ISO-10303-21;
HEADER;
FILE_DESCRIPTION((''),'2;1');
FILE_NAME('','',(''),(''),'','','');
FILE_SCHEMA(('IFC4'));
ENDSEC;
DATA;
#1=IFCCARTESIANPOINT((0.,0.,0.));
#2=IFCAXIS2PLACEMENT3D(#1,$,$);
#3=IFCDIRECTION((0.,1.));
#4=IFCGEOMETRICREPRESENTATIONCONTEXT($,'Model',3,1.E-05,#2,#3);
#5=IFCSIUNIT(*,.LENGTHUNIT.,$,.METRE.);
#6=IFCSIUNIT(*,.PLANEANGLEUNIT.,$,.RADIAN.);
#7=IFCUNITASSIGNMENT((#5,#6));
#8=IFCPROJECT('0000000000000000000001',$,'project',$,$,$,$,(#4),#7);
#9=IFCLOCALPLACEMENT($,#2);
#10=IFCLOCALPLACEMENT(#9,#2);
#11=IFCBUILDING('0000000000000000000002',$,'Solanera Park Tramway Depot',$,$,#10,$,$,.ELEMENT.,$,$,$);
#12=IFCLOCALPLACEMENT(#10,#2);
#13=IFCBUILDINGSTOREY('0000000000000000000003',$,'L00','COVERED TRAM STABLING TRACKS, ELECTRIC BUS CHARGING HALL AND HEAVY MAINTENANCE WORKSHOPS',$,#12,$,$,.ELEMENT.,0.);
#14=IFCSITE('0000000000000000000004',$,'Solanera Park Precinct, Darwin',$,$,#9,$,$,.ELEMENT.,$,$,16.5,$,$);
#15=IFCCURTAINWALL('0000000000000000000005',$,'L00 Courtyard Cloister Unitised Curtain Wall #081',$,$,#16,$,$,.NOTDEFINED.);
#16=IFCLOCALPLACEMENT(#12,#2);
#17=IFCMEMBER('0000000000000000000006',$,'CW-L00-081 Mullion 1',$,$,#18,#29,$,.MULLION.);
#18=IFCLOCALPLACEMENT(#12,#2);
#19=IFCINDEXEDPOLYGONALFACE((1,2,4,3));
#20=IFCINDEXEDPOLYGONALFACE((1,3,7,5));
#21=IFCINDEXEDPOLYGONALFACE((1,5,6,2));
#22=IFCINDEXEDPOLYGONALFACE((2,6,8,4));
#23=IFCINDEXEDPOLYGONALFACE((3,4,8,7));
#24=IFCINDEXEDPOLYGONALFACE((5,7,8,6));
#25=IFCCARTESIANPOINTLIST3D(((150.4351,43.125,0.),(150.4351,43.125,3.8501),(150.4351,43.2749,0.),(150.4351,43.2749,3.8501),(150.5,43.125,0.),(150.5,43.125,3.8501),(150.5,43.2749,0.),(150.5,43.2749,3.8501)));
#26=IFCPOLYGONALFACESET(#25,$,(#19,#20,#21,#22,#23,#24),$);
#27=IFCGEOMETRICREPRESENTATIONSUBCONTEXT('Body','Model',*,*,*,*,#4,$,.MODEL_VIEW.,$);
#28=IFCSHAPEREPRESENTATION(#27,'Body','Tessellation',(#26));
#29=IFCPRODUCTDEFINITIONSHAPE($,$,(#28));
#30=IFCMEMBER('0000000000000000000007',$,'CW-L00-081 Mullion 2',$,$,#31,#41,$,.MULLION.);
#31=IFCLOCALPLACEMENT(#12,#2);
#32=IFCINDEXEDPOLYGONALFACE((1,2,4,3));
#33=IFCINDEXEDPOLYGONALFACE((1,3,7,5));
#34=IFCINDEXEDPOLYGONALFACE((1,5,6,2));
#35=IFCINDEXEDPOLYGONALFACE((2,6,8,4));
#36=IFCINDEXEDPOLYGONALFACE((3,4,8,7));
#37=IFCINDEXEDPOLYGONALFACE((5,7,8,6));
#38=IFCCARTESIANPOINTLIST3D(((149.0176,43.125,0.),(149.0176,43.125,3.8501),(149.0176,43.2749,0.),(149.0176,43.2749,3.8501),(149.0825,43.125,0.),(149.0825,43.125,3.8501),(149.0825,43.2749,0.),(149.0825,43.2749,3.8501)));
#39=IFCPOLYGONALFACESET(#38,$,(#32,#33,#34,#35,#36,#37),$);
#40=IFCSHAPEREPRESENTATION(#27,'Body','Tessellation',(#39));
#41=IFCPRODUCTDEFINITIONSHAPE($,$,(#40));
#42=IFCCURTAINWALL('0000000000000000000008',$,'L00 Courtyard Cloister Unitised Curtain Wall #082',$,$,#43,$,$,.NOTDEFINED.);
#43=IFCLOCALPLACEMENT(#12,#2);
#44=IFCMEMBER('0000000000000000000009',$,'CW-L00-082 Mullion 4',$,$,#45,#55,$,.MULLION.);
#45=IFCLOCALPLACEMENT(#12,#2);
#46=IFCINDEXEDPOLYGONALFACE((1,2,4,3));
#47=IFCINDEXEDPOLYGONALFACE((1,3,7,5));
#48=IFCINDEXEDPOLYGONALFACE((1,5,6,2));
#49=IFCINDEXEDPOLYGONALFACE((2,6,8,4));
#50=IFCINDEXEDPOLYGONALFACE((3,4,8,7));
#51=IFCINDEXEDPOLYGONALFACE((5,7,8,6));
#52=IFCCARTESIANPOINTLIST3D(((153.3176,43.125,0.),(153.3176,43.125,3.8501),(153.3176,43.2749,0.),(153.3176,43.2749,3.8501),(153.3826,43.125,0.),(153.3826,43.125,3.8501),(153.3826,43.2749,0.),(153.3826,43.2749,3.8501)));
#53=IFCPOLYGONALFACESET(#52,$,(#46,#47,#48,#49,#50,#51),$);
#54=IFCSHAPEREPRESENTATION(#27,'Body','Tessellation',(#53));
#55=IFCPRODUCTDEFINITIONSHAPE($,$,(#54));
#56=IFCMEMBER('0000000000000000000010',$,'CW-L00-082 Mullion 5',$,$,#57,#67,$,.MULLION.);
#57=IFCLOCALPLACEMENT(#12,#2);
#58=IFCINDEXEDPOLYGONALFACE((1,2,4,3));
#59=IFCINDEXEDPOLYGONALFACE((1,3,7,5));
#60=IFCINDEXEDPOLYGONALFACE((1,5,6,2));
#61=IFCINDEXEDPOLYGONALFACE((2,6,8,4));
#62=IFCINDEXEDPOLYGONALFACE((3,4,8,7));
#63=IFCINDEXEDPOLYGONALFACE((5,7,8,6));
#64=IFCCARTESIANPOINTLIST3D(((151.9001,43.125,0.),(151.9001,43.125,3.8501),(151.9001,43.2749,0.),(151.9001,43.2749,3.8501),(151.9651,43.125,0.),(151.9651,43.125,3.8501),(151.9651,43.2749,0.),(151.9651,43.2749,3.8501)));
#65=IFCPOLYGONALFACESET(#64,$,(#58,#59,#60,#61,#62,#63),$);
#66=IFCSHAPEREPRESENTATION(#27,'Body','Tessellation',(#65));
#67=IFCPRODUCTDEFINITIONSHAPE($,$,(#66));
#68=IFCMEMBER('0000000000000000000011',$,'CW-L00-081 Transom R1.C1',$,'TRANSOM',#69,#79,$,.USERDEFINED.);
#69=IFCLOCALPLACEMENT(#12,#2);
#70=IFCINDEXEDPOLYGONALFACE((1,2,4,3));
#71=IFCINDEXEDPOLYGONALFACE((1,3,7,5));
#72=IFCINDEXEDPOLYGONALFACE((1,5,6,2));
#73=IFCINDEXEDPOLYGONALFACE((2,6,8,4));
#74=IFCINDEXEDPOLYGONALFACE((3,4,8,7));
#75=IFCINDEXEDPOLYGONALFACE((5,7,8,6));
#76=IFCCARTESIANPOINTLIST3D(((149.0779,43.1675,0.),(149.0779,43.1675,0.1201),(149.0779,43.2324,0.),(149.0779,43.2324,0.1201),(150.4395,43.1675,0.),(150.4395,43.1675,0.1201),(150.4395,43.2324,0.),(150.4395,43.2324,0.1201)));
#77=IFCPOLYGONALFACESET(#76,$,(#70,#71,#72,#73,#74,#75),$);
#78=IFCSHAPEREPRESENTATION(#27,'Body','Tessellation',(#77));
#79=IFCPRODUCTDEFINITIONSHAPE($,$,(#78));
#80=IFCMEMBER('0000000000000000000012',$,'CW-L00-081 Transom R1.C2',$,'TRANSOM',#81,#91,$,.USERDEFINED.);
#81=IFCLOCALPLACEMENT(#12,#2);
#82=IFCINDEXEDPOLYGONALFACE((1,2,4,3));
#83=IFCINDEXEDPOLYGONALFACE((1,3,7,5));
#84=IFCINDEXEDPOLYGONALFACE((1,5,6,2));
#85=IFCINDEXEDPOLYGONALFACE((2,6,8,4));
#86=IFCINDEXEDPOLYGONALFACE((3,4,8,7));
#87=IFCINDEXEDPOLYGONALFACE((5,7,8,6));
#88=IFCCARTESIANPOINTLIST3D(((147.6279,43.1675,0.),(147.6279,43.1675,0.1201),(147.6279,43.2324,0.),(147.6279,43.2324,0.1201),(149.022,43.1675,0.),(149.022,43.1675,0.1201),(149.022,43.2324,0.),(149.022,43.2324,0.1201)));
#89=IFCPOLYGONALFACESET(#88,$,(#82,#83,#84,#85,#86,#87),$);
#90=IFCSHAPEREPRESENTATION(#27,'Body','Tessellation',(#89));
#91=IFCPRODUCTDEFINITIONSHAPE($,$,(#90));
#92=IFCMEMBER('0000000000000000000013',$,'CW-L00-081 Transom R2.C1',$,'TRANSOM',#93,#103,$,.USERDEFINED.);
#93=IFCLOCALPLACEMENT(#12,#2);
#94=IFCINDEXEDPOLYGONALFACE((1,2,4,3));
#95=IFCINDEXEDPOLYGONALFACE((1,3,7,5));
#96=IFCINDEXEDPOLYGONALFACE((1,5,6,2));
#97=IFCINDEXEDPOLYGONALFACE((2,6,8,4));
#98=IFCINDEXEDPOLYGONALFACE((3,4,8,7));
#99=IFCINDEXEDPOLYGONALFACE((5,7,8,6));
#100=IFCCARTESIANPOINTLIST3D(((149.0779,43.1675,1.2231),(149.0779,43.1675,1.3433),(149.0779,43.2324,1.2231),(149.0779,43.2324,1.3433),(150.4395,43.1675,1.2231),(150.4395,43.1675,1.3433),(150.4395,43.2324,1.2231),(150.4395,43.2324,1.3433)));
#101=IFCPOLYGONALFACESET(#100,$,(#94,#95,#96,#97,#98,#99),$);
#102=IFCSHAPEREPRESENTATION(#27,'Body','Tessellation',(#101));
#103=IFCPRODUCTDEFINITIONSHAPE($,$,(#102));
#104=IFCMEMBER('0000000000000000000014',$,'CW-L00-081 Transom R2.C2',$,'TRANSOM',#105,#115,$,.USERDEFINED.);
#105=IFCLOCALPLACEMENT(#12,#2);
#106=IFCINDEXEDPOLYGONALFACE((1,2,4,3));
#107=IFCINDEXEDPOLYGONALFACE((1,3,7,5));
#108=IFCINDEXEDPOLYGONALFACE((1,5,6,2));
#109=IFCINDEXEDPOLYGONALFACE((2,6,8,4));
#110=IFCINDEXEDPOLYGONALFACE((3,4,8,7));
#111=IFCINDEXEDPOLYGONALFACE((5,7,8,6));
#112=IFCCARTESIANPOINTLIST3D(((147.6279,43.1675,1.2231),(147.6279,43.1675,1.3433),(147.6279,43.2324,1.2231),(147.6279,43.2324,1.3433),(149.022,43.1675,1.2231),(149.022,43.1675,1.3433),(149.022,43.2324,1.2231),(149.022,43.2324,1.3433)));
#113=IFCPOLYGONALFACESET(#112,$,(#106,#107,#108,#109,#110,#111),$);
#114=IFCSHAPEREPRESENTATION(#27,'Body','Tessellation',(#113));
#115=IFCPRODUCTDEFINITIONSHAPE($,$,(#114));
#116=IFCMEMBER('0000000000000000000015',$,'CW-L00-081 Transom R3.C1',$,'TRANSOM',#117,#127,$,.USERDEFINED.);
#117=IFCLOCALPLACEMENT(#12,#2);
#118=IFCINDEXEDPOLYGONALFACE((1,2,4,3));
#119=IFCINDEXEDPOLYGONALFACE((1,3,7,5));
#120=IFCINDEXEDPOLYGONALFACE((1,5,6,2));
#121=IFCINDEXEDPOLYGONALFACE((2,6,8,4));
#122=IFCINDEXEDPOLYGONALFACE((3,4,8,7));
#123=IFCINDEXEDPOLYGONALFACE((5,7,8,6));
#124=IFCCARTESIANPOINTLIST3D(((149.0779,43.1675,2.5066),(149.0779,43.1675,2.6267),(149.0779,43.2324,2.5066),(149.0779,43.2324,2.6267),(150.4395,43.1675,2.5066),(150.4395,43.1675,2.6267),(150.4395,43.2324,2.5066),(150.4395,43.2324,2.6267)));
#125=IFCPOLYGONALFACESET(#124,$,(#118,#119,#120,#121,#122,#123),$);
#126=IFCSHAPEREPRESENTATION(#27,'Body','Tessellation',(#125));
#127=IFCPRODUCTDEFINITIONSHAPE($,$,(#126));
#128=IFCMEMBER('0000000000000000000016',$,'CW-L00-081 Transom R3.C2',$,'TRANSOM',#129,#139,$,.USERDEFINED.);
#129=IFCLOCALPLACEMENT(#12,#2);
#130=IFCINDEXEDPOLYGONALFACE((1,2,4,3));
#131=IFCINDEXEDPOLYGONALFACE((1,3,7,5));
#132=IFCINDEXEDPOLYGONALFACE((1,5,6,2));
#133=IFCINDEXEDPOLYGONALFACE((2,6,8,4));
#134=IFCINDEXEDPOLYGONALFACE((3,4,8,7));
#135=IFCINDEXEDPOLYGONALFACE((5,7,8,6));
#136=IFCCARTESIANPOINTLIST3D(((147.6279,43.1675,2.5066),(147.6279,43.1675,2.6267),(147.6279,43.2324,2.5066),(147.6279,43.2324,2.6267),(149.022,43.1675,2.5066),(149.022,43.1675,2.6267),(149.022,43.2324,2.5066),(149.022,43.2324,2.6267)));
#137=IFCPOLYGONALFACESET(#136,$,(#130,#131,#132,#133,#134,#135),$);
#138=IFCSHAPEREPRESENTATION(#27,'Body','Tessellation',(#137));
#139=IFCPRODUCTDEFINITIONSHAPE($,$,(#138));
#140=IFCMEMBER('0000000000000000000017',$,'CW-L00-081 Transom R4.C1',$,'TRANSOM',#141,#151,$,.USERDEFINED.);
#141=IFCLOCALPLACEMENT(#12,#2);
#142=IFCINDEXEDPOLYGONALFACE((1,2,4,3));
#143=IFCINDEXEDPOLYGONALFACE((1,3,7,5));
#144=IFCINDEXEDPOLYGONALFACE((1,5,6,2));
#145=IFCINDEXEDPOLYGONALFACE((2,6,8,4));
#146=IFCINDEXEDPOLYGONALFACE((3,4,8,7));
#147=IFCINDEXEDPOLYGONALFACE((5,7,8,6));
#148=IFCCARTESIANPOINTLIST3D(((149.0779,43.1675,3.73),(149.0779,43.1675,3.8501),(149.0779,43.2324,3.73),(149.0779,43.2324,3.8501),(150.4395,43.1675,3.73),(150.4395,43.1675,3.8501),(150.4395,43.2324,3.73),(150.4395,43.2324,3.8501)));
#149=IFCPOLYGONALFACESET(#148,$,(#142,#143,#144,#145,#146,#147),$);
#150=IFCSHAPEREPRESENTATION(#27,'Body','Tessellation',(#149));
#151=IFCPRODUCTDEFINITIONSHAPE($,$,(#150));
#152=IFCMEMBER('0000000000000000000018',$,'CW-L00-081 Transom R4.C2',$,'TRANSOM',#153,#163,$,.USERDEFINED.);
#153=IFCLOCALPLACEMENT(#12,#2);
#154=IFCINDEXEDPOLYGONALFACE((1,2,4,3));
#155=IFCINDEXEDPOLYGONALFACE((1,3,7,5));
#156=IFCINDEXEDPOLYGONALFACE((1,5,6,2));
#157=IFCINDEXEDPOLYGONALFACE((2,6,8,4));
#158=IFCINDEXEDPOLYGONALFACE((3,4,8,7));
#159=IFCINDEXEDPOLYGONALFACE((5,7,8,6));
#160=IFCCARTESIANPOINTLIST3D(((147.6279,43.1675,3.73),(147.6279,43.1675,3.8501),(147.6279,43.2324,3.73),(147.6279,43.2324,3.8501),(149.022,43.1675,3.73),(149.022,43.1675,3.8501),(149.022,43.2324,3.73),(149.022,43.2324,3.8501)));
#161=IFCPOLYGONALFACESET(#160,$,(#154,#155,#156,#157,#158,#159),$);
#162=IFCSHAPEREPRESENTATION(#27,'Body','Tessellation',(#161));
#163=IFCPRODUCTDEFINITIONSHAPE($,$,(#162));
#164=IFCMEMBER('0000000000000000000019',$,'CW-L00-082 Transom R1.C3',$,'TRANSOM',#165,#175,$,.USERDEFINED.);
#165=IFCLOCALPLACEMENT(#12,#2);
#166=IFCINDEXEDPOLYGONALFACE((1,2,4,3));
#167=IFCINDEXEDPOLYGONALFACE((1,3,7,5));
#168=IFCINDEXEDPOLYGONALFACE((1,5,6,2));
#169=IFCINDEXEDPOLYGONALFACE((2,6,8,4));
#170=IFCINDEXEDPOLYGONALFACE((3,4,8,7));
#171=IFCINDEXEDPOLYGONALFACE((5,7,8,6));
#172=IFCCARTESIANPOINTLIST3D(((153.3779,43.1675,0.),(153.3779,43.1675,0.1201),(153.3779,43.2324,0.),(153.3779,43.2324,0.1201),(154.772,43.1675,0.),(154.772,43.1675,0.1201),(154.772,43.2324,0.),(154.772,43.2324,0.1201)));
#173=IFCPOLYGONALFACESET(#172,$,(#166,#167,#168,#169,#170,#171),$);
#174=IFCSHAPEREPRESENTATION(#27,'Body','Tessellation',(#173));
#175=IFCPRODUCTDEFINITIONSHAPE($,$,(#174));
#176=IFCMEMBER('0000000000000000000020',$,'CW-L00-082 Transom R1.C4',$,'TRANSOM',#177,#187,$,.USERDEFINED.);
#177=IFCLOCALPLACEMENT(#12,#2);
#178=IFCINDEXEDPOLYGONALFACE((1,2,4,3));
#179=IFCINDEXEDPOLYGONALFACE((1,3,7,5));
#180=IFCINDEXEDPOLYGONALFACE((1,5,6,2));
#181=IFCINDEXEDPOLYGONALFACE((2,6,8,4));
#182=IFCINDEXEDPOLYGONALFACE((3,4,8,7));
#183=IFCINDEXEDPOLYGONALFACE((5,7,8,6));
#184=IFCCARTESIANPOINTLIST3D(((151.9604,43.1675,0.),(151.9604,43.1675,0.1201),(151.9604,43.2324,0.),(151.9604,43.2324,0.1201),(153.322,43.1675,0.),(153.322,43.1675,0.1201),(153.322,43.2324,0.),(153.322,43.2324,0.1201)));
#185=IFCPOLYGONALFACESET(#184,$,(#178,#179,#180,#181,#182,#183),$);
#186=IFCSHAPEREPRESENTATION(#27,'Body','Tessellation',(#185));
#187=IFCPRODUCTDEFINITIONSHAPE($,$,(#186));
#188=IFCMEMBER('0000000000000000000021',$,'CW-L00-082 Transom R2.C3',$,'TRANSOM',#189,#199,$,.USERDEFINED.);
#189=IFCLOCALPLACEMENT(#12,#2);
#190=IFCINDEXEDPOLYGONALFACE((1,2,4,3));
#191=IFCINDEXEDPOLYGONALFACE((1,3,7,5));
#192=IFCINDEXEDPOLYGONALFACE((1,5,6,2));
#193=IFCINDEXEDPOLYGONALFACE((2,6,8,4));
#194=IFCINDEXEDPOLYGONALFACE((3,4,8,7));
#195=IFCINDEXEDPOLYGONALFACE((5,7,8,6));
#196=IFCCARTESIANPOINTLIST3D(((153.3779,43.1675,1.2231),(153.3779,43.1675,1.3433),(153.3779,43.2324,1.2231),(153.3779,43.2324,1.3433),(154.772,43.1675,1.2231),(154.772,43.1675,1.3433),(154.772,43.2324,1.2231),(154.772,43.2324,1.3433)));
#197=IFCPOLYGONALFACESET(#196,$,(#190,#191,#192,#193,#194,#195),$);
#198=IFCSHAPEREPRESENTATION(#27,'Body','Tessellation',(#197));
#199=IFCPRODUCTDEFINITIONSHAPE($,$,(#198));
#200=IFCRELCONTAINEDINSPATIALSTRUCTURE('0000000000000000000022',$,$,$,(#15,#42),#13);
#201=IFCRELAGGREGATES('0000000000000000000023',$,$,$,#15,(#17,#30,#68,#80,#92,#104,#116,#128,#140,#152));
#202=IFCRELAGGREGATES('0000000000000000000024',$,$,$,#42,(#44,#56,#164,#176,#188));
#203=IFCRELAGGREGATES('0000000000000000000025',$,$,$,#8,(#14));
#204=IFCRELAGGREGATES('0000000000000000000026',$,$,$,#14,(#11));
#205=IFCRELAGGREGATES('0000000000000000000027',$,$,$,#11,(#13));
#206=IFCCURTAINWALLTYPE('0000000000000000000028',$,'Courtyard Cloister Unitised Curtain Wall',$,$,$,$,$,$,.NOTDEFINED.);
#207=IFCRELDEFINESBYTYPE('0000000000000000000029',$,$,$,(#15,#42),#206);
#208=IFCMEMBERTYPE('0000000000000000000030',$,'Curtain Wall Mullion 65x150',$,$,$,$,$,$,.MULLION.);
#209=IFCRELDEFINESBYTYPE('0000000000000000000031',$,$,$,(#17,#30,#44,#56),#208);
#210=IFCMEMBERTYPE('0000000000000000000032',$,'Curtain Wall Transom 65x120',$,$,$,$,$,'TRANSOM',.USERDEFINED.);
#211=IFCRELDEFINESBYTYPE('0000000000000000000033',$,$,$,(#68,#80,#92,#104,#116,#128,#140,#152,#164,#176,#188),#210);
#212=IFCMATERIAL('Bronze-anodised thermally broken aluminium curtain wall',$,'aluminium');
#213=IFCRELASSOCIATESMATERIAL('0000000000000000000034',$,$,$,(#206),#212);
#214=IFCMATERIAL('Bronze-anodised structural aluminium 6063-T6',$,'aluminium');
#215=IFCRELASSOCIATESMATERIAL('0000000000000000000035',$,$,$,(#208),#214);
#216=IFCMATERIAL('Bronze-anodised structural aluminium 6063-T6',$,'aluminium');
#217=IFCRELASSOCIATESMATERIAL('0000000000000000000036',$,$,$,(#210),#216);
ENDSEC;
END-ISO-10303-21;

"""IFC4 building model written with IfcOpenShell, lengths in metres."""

from ifc_helpers import new_model, si_unit, direction, frame, origin, origin_2d, place, context, subcontext, project, spatial, rectangle, extrude, material, material_profile, profile_set, type_object, element, aggregate, save


model = new_model("IFC4")

# Units and contexts
model_context = context("Model", 3, precision=1e-05, world=origin(), true_north=direction((0.0, 1.0)))
body_context = subcontext(model_context, "Body", "Model", "MODEL_VIEW")
ifc_project = project(units=[si_unit("LENGTHUNIT", "METRE"), si_unit("PLANEANGLEUNIT", "RADIAN")], contexts=[model_context])

# Site, building, storey
site_placement = place(None, origin())
site = spatial("IfcSite", under=ifc_project, at=site_placement, Name="Solanera Park Precinct, Darwin", CompositionType="ELEMENT", RefElevation=16.5)
building_placement = place(site_placement, origin())
building = spatial("IfcBuilding", under=site, at=building_placement, Name="Solanera Park Tramway Depot", CompositionType="ELEMENT")
storey_placement = place(building_placement, origin())
storey = spatial("IfcBuildingStorey", under=building, at=storey_placement, Name="L00", Description="COVERED TRAM STABLING TRACKS, ELECTRIC BUS CHARGING HALL AND HEAVY MAINTENANCE WORKSHOPS", CompositionType="ELEMENT", Elevation=0.0)

# Curtain walls, members
ifc_material_1 = material(Name="Bronze-anodised thermally broken aluminium curtain wall", Category="aluminium")
curtain_wall_type = type_object("IfcCurtainWallType", Name="Courtyard Cloister Unitised Curtain Wall", PredefinedType="NOTDEFINED", material=ifc_material_1)
curtain_wall_1_placement = place(storey_placement, origin())
curtain_wall_1 = element("IfcCurtainWall", 1, at=curtain_wall_1_placement, inside=storey, type_object=curtain_wall_type, Name="L00 Courtyard Cloister Unitised Curtain Wall #081", PredefinedType="NOTDEFINED")
ifc_material_2 = material(Name="Bronze-anodised structural aluminium 6063-T6", Category="aluminium")
ifc_material_profile_1 = material_profile(ifc_material_2, rectangle(XDim=0.0649, YDim=0.1499, at=origin_2d()), Name="Curtain Wall Mullion 65x150")
ifc_profile_set_1 = profile_set([ifc_material_profile_1], Name="Bronze-anodised structural aluminium 6063-T6")
member_type_1 = type_object("IfcMemberType", Name="Curtain Wall Mullion 65x150", PredefinedType="MULLION", material=ifc_profile_set_1)
member_1_placement = place(storey_placement, frame((150.4675, 43.2, 0.0), z_axis=(0.0, 0.0, 1.0), x_axis=(1.0, 0.0, 0.0)))
member_1 = element("IfcMember", 2, at=member_1_placement, type_object=member_type_1, Name="CW-L00-081 Mullion 1", PredefinedType="MULLION", context=body_context, shape_type="SweptSolid", body=[
    extrude(rectangle(XDim=0.0649, YDim=0.1499, at=origin_2d()), origin(), (0.0, 0.0, 1.0), 3.8501),
])
member_2_placement = place(storey_placement, frame((149.05, 43.2, 0.0), z_axis=(0.0, 0.0, 1.0), x_axis=(1.0, 0.0, 0.0)))
member_2 = element("IfcMember", 3, at=member_2_placement, type_object=member_type_1, Name="CW-L00-081 Mullion 2", PredefinedType="MULLION", context=body_context, shape_type="SweptSolid", body=[
    extrude(rectangle(XDim=0.0649, YDim=0.1499, at=origin_2d()), origin(), (0.0, 0.0, 1.0), 3.8501),
])
curtain_wall_2_placement = place(storey_placement, origin())
curtain_wall_2 = element("IfcCurtainWall", 4, at=curtain_wall_2_placement, inside=storey, type_object=curtain_wall_type, Name="L00 Courtyard Cloister Unitised Curtain Wall #082", PredefinedType="NOTDEFINED")
member_3_placement = place(storey_placement, frame((153.3501, 43.2, 0.0), z_axis=(0.0, 0.0, 1.0), x_axis=(1.0, 0.0, 0.0)))
member_3 = element("IfcMember", 5, at=member_3_placement, type_object=member_type_1, Name="CW-L00-082 Mullion 4", PredefinedType="MULLION", context=body_context, shape_type="SweptSolid", body=[
    extrude(rectangle(XDim=0.0649, YDim=0.1499, at=origin_2d()), origin(), (0.0, 0.0, 1.0), 3.8501),
])
member_4_placement = place(storey_placement, frame((151.9326, 43.2, 0.0), z_axis=(0.0, 0.0, 1.0), x_axis=(1.0, 0.0, 0.0)))
member_4 = element("IfcMember", 6, at=member_4_placement, type_object=member_type_1, Name="CW-L00-082 Mullion 5", PredefinedType="MULLION", context=body_context, shape_type="SweptSolid", body=[
    extrude(rectangle(XDim=0.0649, YDim=0.1499, at=origin_2d()), origin(), (0.0, 0.0, 1.0), 3.8501),
])

# Members
ifc_material_3 = material(Name="Bronze-anodised structural aluminium 6063-T6", Category="aluminium")
ifc_material_profile_2 = material_profile(ifc_material_3, rectangle(XDim=0.0649, YDim=0.1201, at=origin_2d()), Name="Curtain Wall Transom 65x120")
ifc_profile_set_2 = profile_set([ifc_material_profile_2], Name="Bronze-anodised structural aluminium 6063-T6")
member_type_2 = type_object("IfcMemberType", Name="Curtain Wall Transom 65x120", ElementType="TRANSOM", PredefinedType="USERDEFINED", material=ifc_profile_set_2)
member_5_placement = place(storey_placement, frame((150.4395, 43.2, 0.0601), z_axis=(-1.0, 0.0, 0.0), x_axis=(0.0, -1.0, 0.0)))
member_5 = element("IfcMember", 7, at=member_5_placement, type_object=member_type_2, Name="CW-L00-081 Transom R1.C1", ObjectType="TRANSOM", PredefinedType="USERDEFINED", context=body_context, shape_type="SweptSolid", body=[
    extrude(rectangle(XDim=0.0649, YDim=0.1201, at=origin_2d()), origin(), (0.0, 0.0, 1.0), 1.3616),
])
member_6_placement = place(storey_placement, frame((149.022, 43.2, 0.0601), z_axis=(-1.0, 0.0, 0.0), x_axis=(0.0, -1.0, 0.0)))
member_6 = element("IfcMember", 8, at=member_6_placement, type_object=member_type_2, Name="CW-L00-081 Transom R1.C2", ObjectType="TRANSOM", PredefinedType="USERDEFINED", context=body_context, shape_type="SweptSolid", body=[
    extrude(rectangle(XDim=0.0649, YDim=0.1201, at=origin_2d()), origin(), (0.0, 0.0, 1.0), 1.394),
])
member_7_placement = place(storey_placement, frame((150.4395, 43.2, 1.2832), z_axis=(-1.0, 0.0, 0.0), x_axis=(0.0, -1.0, 0.0)))
member_7 = element("IfcMember", 9, at=member_7_placement, type_object=member_type_2, Name="CW-L00-081 Transom R2.C1", ObjectType="TRANSOM", PredefinedType="USERDEFINED", context=body_context, shape_type="SweptSolid", body=[
    extrude(rectangle(XDim=0.0649, YDim=0.1201, at=origin_2d()), origin(), (0.0, 0.0, 1.0), 1.3616),
])
member_8_placement = place(storey_placement, frame((149.022, 43.2, 1.2832), z_axis=(-1.0, 0.0, 0.0), x_axis=(0.0, -1.0, 0.0)))
member_8 = element("IfcMember", 10, at=member_8_placement, type_object=member_type_2, Name="CW-L00-081 Transom R2.C2", ObjectType="TRANSOM", PredefinedType="USERDEFINED", context=body_context, shape_type="SweptSolid", body=[
    extrude(rectangle(XDim=0.0649, YDim=0.1201, at=origin_2d()), origin(), (0.0, 0.0, 1.0), 1.394),
])
member_9_placement = place(storey_placement, frame((150.4395, 43.2, 2.5667), z_axis=(-1.0, 0.0, 0.0), x_axis=(0.0, -1.0, 0.0)))
member_9 = element("IfcMember", 11, at=member_9_placement, type_object=member_type_2, Name="CW-L00-081 Transom R3.C1", ObjectType="TRANSOM", PredefinedType="USERDEFINED", context=body_context, shape_type="SweptSolid", body=[
    extrude(rectangle(XDim=0.0649, YDim=0.1201, at=origin_2d()), origin(), (0.0, 0.0, 1.0), 1.3616),
])
member_10_placement = place(storey_placement, frame((149.022, 43.2, 2.5667), z_axis=(-1.0, 0.0, 0.0), x_axis=(0.0, -1.0, 0.0)))
member_10 = element("IfcMember", 12, at=member_10_placement, type_object=member_type_2, Name="CW-L00-081 Transom R3.C2", ObjectType="TRANSOM", PredefinedType="USERDEFINED", context=body_context, shape_type="SweptSolid", body=[
    extrude(rectangle(XDim=0.0649, YDim=0.1201, at=origin_2d()), origin(), (0.0, 0.0, 1.0), 1.394),
])
member_11_placement = place(storey_placement, frame((150.4395, 43.2, 3.79), z_axis=(-1.0, 0.0, 0.0), x_axis=(0.0, -1.0, 0.0)))
member_11 = element("IfcMember", 13, at=member_11_placement, type_object=member_type_2, Name="CW-L00-081 Transom R4.C1", ObjectType="TRANSOM", PredefinedType="USERDEFINED", context=body_context, shape_type="SweptSolid", body=[
    extrude(rectangle(XDim=0.0649, YDim=0.1201, at=origin_2d()), origin(), (0.0, 0.0, 1.0), 1.3616),
])
member_12_placement = place(storey_placement, frame((149.022, 43.2, 3.79), z_axis=(-1.0, 0.0, 0.0), x_axis=(0.0, -1.0, 0.0)))
member_12 = element("IfcMember", 14, at=member_12_placement, type_object=member_type_2, Name="CW-L00-081 Transom R4.C2", ObjectType="TRANSOM", PredefinedType="USERDEFINED", context=body_context, shape_type="SweptSolid", body=[
    extrude(rectangle(XDim=0.0649, YDim=0.1201, at=origin_2d()), origin(), (0.0, 0.0, 1.0), 1.394),
])
member_13_placement = place(storey_placement, frame((154.772, 43.2, 0.0601), z_axis=(-1.0, 0.0, 0.0), x_axis=(0.0, -1.0, 0.0)))
member_13 = element("IfcMember", 15, at=member_13_placement, type_object=member_type_2, Name="CW-L00-082 Transom R1.C3", ObjectType="TRANSOM", PredefinedType="USERDEFINED", context=body_context, shape_type="SweptSolid", body=[
    extrude(rectangle(XDim=0.0649, YDim=0.1201, at=origin_2d()), origin(), (0.0, 0.0, 1.0), 1.394),
])
member_14_placement = place(storey_placement, frame((153.322, 43.2, 0.0601), z_axis=(-1.0, 0.0, 0.0), x_axis=(0.0, -1.0, 0.0)))
member_14 = element("IfcMember", 16, at=member_14_placement, type_object=member_type_2, Name="CW-L00-082 Transom R1.C4", ObjectType="TRANSOM", PredefinedType="USERDEFINED", context=body_context, shape_type="SweptSolid", body=[
    extrude(rectangle(XDim=0.0649, YDim=0.1201, at=origin_2d()), origin(), (0.0, 0.0, 1.0), 1.3616),
])
member_15_placement = place(storey_placement, frame((154.772, 43.2, 1.2832), z_axis=(-1.0, 0.0, 0.0), x_axis=(0.0, -1.0, 0.0)))
member_15 = element("IfcMember", 17, at=member_15_placement, type_object=member_type_2, Name="CW-L00-082 Transom R2.C3", ObjectType="TRANSOM", PredefinedType="USERDEFINED", context=body_context, shape_type="SweptSolid", body=[
    extrude(rectangle(XDim=0.0649, YDim=0.1201, at=origin_2d()), origin(), (0.0, 0.0, 1.0), 1.394),
])

aggregate(curtain_wall_1, [member_1, member_2, member_5, member_6, member_7, member_8, member_9, member_10, member_11, member_12])
aggregate(curtain_wall_2, [member_3, member_4, member_13, member_14, member_15])

save(model, "model.ifc")
